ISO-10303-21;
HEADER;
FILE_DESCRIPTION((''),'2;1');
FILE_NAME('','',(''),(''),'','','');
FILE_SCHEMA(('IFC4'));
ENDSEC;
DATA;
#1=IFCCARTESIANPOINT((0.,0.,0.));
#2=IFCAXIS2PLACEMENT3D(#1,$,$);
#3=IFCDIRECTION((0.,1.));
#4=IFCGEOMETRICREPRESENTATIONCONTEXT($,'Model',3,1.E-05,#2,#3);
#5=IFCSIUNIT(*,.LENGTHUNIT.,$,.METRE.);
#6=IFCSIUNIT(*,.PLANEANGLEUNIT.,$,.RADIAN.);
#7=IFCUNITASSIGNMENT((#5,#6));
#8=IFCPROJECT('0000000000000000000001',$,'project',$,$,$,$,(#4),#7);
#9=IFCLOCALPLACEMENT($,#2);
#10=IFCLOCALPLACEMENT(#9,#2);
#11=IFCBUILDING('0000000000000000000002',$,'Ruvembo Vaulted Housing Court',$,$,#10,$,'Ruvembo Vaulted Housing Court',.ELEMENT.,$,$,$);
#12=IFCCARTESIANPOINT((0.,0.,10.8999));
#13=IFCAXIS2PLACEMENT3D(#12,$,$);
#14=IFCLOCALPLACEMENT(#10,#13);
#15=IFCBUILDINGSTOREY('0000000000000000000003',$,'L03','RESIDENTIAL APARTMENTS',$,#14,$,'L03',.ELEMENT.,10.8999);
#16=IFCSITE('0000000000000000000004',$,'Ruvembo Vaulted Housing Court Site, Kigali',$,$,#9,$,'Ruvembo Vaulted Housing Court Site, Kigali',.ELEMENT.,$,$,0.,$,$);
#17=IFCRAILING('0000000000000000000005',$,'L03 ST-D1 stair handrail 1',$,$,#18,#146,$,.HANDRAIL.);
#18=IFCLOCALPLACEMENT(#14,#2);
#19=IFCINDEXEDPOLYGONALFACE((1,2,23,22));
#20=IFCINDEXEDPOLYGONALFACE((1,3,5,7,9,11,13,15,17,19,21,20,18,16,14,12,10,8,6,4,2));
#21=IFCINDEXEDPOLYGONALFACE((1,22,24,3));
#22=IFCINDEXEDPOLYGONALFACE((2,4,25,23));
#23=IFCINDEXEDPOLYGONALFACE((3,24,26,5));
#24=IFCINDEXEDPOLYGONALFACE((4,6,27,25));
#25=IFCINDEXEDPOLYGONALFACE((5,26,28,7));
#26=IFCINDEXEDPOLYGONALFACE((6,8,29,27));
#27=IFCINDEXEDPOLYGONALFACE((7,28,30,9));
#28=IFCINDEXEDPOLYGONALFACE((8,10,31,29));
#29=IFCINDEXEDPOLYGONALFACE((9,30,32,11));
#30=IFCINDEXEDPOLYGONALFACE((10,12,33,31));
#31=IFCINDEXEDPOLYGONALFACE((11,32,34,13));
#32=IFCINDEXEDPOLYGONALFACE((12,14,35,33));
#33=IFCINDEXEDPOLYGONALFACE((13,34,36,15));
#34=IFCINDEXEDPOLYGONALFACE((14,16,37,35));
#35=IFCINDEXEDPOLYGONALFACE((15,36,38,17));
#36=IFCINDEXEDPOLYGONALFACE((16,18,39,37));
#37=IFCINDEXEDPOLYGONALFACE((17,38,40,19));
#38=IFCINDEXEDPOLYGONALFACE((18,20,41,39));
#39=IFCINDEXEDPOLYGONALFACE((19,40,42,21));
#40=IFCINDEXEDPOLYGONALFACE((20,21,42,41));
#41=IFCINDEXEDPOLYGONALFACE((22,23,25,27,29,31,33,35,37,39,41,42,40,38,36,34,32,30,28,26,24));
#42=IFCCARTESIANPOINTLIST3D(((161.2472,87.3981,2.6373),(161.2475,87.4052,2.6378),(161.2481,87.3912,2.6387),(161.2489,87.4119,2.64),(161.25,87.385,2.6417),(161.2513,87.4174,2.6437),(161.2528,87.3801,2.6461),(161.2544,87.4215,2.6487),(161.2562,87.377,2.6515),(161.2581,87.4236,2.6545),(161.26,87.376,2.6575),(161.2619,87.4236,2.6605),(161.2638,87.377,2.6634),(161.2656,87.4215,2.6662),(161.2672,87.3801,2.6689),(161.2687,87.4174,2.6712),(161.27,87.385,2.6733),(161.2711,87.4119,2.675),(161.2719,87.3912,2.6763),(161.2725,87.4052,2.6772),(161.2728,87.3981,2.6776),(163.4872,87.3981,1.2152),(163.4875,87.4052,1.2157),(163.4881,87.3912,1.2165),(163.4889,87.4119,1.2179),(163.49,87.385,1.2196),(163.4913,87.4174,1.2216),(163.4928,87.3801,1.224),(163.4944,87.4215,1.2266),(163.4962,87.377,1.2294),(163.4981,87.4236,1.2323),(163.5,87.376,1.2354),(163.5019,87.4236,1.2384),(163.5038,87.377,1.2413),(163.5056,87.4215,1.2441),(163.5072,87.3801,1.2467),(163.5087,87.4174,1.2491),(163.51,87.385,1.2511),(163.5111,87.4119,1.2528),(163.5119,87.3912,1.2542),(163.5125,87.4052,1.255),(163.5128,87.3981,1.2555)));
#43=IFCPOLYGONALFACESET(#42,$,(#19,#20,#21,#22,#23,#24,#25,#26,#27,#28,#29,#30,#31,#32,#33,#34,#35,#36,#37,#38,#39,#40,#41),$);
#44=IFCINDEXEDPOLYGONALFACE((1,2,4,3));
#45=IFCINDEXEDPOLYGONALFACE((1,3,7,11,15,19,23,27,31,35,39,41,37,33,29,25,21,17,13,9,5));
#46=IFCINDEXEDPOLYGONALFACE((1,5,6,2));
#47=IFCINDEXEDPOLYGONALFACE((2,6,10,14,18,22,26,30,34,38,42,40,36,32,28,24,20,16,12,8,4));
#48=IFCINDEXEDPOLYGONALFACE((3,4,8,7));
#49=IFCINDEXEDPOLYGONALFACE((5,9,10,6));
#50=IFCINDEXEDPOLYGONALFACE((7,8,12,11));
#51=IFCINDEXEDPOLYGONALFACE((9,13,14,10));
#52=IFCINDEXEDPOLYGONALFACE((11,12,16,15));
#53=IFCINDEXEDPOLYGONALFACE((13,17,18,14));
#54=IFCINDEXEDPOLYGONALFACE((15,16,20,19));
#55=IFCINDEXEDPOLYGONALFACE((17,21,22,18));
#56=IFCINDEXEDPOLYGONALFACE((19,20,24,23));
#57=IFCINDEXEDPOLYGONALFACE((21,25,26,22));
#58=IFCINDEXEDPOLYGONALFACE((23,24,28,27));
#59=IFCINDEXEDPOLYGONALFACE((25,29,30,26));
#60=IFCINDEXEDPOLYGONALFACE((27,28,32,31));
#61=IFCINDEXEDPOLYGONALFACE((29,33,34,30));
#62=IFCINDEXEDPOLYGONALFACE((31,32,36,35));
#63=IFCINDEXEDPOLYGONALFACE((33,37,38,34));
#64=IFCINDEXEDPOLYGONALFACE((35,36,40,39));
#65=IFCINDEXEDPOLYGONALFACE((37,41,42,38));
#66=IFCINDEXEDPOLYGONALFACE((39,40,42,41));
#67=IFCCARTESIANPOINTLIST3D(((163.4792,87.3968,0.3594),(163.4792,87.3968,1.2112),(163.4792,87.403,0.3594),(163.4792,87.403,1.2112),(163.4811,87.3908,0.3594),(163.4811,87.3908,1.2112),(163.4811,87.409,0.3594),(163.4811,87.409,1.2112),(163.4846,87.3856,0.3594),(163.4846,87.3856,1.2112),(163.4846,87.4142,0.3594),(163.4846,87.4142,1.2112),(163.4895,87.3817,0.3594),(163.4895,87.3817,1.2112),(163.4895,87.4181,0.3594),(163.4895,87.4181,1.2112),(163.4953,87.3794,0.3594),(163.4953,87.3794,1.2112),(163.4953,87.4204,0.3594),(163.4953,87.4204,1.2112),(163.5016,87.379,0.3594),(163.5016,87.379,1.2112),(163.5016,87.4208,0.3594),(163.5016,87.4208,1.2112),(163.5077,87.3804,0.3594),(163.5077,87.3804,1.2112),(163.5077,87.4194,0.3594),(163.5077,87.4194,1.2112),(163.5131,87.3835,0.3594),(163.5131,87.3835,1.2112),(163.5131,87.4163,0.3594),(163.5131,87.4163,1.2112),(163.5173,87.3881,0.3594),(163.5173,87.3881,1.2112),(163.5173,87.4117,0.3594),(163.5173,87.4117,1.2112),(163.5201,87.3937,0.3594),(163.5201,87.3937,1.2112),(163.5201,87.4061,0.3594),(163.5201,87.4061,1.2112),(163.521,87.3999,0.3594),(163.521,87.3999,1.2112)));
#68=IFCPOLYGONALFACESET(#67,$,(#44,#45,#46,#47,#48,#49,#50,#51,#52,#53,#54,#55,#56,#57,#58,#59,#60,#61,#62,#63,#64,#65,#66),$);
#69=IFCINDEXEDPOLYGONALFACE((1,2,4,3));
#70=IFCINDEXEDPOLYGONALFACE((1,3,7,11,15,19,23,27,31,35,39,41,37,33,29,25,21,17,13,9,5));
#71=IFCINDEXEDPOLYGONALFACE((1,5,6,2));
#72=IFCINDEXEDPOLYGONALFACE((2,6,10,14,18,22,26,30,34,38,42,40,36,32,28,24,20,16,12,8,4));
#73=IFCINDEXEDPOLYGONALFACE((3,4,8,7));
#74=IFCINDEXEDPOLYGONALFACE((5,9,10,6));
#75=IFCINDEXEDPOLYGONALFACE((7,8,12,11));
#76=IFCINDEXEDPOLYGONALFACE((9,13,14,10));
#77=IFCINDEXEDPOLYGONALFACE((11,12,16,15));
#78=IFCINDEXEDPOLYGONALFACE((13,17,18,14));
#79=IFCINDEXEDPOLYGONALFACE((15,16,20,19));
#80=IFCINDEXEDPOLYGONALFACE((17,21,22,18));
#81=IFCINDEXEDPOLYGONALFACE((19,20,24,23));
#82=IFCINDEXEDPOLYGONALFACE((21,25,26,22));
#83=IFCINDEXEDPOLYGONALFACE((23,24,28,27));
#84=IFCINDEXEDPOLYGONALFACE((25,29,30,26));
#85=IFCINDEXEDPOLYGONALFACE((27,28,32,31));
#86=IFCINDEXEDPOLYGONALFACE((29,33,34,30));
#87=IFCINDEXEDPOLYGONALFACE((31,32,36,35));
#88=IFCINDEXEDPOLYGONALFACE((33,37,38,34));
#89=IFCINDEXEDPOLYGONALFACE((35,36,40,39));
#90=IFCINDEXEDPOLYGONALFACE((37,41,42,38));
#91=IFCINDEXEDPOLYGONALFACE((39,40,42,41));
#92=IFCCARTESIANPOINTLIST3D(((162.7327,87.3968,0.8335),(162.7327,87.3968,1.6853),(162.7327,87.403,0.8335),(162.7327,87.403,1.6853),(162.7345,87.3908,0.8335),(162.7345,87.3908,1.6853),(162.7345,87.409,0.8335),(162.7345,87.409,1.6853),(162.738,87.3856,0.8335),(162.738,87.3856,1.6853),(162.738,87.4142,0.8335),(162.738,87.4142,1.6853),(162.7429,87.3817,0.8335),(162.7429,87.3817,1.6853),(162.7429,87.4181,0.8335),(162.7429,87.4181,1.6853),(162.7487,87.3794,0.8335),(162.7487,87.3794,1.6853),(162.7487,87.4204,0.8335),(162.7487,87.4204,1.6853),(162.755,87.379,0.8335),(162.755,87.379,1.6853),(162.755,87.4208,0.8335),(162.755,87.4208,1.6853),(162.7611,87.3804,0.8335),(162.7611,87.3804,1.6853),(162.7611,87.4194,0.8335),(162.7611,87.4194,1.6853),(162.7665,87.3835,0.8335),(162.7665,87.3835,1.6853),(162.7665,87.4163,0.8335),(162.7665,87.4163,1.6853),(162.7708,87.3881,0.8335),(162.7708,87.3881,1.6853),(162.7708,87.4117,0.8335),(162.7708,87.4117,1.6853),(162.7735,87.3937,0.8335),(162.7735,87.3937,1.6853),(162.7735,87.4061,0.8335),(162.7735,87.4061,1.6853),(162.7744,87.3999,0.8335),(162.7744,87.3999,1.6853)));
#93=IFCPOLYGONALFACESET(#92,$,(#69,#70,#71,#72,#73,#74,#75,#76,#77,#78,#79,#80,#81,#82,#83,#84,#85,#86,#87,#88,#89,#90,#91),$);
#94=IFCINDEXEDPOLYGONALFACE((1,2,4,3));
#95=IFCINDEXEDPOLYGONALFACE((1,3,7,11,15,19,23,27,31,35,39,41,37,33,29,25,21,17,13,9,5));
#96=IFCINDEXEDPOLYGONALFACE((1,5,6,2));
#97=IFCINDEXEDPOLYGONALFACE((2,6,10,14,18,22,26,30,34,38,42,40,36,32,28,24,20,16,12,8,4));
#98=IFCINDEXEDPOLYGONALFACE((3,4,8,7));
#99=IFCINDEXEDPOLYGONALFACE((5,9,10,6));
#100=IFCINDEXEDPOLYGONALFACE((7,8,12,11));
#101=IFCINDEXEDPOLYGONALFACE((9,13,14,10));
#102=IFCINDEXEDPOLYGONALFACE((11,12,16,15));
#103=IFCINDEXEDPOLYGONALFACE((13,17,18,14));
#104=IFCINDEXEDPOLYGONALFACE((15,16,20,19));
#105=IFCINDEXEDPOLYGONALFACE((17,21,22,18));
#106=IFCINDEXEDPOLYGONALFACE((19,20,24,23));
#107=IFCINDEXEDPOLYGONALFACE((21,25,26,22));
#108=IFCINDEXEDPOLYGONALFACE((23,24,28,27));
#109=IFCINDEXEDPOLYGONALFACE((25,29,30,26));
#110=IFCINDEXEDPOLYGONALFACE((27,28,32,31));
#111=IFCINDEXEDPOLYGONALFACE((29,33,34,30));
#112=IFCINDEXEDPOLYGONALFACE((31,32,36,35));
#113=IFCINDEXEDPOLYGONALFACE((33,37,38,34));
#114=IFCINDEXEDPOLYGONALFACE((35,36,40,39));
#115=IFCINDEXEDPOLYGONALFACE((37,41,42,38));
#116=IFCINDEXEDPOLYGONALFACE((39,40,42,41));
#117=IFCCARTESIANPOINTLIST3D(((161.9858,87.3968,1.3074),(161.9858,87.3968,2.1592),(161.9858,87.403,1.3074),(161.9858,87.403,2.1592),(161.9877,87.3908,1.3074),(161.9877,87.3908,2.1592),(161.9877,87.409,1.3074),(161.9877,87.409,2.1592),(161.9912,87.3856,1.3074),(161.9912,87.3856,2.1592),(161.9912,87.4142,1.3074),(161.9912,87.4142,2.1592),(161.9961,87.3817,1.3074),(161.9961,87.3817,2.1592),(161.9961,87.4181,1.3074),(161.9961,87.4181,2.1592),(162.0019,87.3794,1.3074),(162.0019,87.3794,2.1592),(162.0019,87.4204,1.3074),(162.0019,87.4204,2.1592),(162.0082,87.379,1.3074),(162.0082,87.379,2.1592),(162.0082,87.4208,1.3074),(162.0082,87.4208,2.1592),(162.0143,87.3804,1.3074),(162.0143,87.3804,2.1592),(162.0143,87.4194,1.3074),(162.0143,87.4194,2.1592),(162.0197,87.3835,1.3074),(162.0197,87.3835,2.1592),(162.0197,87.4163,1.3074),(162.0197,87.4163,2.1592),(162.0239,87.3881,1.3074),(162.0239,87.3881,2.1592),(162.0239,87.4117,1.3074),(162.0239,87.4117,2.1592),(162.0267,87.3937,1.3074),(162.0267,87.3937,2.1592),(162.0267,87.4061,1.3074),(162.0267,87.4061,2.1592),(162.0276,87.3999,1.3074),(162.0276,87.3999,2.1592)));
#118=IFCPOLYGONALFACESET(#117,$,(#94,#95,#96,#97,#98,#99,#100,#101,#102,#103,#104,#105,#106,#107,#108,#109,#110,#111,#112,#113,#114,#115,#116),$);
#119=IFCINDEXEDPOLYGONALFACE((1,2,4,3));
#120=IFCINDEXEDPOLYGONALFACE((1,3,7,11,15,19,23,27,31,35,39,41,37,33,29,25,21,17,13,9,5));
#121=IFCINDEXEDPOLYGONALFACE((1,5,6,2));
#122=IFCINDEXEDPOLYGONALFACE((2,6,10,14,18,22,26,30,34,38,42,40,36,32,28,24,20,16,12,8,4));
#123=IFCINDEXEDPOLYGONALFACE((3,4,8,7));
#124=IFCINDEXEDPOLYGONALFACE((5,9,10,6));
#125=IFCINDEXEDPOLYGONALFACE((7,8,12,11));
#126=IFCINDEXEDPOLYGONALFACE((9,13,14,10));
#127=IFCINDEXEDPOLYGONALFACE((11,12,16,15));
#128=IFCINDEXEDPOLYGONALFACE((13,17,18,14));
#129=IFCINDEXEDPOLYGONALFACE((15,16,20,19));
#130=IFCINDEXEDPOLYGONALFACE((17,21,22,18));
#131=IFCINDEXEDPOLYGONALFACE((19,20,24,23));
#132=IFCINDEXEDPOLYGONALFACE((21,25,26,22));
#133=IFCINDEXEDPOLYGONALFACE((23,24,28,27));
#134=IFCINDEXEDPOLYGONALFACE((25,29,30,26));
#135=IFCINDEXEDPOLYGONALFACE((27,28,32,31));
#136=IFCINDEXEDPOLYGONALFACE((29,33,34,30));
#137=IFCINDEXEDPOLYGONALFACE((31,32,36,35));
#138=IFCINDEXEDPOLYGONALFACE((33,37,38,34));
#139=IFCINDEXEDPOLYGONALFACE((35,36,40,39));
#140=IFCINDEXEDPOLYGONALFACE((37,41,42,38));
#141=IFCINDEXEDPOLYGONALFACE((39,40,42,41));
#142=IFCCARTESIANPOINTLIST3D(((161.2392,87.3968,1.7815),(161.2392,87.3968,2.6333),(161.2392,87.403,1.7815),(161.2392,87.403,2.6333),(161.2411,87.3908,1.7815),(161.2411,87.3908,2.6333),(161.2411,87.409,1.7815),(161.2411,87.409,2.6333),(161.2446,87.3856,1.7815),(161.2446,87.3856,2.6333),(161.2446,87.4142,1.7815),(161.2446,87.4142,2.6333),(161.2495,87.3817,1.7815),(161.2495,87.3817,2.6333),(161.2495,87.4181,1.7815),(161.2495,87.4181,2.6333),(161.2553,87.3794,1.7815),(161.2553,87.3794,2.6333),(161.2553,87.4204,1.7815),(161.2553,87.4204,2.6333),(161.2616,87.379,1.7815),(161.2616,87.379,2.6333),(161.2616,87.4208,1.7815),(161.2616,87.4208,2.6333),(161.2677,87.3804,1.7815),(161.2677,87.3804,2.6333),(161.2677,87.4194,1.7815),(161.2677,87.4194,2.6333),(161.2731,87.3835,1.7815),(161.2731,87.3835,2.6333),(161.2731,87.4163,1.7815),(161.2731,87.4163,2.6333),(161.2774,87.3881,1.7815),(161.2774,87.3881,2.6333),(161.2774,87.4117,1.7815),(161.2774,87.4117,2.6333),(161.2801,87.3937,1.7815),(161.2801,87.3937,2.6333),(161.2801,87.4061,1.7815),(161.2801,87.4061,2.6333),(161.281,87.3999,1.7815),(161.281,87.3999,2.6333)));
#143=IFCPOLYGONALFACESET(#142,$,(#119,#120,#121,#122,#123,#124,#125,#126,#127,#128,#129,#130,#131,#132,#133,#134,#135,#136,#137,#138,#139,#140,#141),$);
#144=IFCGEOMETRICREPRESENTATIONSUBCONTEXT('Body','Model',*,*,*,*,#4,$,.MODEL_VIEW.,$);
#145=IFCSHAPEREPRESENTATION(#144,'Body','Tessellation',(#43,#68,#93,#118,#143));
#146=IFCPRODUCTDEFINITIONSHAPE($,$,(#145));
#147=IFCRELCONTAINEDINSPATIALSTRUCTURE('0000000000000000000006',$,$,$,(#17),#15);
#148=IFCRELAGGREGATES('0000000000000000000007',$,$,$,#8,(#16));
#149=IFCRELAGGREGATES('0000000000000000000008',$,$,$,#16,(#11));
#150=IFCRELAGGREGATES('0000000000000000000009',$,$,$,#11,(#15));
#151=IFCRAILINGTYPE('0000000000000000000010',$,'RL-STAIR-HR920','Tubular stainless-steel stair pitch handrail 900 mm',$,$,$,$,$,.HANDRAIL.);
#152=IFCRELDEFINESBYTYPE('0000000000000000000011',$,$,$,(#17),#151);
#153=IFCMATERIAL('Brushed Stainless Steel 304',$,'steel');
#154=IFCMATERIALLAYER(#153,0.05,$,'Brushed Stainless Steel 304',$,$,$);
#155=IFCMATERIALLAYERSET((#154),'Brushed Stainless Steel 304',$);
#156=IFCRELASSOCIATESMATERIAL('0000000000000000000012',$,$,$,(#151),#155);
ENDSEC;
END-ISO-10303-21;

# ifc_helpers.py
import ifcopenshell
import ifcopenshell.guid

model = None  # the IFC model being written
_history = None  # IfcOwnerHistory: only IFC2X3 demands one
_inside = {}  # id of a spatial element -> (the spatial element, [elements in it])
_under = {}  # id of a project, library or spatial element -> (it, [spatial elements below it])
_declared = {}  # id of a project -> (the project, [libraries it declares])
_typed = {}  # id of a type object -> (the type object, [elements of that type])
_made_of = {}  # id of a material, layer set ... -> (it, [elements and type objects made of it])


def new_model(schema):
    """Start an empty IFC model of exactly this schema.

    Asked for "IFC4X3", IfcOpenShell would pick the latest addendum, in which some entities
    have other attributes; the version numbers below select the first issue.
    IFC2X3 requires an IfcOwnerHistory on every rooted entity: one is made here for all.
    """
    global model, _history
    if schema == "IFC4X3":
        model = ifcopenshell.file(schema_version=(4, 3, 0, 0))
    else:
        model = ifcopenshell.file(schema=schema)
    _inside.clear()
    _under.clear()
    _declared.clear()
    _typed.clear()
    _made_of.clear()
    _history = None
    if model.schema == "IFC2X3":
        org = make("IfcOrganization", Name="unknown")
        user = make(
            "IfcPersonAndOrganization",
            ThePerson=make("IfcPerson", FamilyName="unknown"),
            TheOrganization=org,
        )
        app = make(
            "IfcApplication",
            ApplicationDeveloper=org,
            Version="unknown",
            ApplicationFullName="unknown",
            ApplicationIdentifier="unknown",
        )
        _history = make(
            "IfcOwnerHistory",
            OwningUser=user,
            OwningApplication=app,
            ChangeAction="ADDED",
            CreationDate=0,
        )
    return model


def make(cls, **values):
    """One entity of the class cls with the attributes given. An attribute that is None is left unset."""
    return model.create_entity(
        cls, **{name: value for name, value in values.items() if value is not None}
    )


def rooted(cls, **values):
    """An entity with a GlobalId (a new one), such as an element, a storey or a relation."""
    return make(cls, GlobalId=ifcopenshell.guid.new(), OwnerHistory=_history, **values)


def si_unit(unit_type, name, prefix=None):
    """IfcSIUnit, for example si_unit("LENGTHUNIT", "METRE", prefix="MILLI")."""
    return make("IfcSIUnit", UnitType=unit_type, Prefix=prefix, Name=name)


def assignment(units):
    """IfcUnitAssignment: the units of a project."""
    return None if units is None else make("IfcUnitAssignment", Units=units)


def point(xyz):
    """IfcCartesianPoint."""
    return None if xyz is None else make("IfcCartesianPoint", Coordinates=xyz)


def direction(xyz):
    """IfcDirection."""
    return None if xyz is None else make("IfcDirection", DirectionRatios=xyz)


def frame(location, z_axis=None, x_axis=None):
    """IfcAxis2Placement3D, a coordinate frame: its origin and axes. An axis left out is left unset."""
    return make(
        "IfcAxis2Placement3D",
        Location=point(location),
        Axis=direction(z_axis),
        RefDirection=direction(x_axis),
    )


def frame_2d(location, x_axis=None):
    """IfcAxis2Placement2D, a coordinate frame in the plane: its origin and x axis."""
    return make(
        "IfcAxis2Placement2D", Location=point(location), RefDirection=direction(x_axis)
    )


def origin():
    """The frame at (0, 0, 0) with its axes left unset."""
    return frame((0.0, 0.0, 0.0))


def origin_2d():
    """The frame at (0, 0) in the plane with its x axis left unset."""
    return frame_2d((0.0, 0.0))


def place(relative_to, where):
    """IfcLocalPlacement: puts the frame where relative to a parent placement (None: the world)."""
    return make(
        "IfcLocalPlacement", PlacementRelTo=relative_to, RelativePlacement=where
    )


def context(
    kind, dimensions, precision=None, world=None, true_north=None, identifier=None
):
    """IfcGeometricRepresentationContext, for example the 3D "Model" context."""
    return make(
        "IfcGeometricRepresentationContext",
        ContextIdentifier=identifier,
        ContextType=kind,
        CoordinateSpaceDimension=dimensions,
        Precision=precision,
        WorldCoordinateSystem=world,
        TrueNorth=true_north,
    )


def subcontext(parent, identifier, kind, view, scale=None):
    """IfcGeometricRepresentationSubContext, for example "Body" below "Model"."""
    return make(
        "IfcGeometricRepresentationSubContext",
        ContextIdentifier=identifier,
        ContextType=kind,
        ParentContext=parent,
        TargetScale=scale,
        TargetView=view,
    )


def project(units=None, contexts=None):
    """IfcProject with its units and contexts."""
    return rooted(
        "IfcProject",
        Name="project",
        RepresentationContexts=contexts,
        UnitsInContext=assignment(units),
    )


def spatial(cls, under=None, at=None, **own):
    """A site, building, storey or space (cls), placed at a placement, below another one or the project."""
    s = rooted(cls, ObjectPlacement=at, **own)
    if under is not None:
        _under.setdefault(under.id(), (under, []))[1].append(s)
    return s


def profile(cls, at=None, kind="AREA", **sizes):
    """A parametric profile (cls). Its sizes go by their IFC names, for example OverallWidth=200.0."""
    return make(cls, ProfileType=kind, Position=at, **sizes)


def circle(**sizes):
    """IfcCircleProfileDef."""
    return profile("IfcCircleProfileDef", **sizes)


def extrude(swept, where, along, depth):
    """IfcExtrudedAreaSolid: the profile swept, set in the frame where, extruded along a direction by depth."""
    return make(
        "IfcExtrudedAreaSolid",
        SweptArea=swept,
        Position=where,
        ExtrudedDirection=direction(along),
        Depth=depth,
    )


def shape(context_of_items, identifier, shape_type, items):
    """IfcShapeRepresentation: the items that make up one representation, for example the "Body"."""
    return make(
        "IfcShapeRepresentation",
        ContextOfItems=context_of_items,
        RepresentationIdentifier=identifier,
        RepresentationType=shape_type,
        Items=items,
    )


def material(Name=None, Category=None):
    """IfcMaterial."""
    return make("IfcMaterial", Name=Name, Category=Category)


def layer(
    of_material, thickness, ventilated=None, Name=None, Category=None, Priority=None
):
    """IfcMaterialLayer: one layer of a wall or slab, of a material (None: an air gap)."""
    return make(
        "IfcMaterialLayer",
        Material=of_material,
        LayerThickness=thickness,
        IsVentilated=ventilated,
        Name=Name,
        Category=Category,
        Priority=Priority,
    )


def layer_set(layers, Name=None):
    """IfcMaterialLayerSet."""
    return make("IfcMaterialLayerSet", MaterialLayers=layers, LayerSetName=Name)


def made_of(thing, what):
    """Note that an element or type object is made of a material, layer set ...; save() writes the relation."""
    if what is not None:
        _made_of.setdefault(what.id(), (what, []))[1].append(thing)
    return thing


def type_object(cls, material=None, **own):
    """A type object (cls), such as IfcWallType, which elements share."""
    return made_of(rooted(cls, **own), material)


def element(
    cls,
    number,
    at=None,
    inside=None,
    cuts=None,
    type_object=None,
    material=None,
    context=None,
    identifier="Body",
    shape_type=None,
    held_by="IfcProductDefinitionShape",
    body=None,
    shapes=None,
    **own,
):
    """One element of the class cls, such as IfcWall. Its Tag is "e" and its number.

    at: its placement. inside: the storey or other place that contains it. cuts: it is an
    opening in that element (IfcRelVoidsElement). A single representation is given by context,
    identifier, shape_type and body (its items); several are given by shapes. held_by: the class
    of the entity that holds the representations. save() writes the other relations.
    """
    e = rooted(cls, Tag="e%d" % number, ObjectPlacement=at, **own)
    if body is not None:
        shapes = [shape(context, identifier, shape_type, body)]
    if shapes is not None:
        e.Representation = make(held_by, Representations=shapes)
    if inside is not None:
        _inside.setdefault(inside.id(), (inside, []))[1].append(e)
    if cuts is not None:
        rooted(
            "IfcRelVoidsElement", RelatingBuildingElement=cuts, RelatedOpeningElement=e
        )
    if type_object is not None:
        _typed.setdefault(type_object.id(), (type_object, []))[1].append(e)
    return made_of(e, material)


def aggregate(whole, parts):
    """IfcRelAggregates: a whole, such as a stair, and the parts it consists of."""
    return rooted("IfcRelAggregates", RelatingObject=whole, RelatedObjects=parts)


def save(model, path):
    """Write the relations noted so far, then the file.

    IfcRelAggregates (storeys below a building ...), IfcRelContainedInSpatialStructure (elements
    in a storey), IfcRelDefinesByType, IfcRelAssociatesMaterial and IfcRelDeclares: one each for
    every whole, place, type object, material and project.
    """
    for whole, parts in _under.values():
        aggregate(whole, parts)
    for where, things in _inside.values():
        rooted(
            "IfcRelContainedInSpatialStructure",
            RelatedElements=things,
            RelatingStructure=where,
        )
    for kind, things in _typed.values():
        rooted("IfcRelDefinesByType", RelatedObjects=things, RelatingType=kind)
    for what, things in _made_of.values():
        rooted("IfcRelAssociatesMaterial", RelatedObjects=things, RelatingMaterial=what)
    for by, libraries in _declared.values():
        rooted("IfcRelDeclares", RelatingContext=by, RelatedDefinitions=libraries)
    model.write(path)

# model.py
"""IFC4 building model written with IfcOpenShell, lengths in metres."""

from ifc_helpers import new_model, si_unit, direction, frame, origin, origin_2d, place, context, subcontext, project, spatial, circle, extrude, material, layer, layer_set, type_object, element, save


model = new_model("IFC4")

# Units and contexts
model_context = context("Model", 3, precision=1e-05, world=origin(), true_north=direction((0.0, 1.0)))
body_context = subcontext(model_context, "Body", "Model", "MODEL_VIEW")
ifc_project = project(units=[si_unit("LENGTHUNIT", "METRE"), si_unit("PLANEANGLEUNIT", "RADIAN")], contexts=[model_context])

# Site, building, storey
site_placement = place(None, origin())
site = spatial("IfcSite", under=ifc_project, at=site_placement, Name="Ruvembo Vaulted Housing Court Site, Kigali", LongName="Ruvembo Vaulted Housing Court Site, Kigali", CompositionType="ELEMENT", RefElevation=0.0)
building_placement = place(site_placement, origin())
building = spatial("IfcBuilding", under=site, at=building_placement, Name="Ruvembo Vaulted Housing Court", LongName="Ruvembo Vaulted Housing Court", CompositionType="ELEMENT")
storey_placement = place(building_placement, frame((0.0, 0.0, 10.8999)))
storey = spatial("IfcBuildingStorey", under=building, at=storey_placement, Name="L03", Description="RESIDENTIAL APARTMENTS", LongName="L03", CompositionType="ELEMENT", Elevation=10.8999)

# Shared definitions
ifc_material_1 = material(Name="Brushed Stainless Steel 304", Category="steel")

# Railing
ifc_layer_1 = layer(ifc_material_1, 0.05, Name="Brushed Stainless Steel 304")
ifc_layer_set_1 = layer_set([ifc_layer_1], Name="Brushed Stainless Steel 304")
railing_type_1 = type_object("IfcRailingType", Name="RL-STAIR-HR920", Description="Tubular stainless-steel stair pitch handrail 900 mm", PredefinedType="HANDRAIL", material=ifc_layer_set_1)
railing_1_placement = place(storey_placement, frame((163.5, 87.3999, 0.3594)))
element("IfcRailing", 1, at=railing_1_placement, inside=storey, type_object=railing_type_1, Name="L03 ST-D1 stair handrail 1", PredefinedType="HANDRAIL", context=body_context, shape_type="SweptSolid", body=[
    extrude(circle(Radius=0.0239, at=origin_2d()), frame((0.0, 0.0, 0.876), z_axis=(-0.844229, 0.0, 0.535982), x_axis=(0.0, -1.0, 0.0)), (0.0, 0.0, 1.0), 2.6533),
    extrude(circle(Radius=0.021, at=origin_2d()), origin(), (0.0, 0.0, 1.0), 0.8518),
    extrude(circle(Radius=0.021, at=origin_2d()), frame((-0.7466, 0.0, 0.4741)), (0.0, 0.0, 1.0), 0.8518),
    extrude(circle(Radius=0.021, at=origin_2d()), frame((-1.4934, 0.0, 0.948)), (0.0, 0.0, 1.0), 0.8518),
    extrude(circle(Radius=0.021, at=origin_2d()), frame((-2.24, 0.0, 1.4221)), (0.0, 0.0, 1.0), 0.8518),
])

save(model, "model.ifc")
